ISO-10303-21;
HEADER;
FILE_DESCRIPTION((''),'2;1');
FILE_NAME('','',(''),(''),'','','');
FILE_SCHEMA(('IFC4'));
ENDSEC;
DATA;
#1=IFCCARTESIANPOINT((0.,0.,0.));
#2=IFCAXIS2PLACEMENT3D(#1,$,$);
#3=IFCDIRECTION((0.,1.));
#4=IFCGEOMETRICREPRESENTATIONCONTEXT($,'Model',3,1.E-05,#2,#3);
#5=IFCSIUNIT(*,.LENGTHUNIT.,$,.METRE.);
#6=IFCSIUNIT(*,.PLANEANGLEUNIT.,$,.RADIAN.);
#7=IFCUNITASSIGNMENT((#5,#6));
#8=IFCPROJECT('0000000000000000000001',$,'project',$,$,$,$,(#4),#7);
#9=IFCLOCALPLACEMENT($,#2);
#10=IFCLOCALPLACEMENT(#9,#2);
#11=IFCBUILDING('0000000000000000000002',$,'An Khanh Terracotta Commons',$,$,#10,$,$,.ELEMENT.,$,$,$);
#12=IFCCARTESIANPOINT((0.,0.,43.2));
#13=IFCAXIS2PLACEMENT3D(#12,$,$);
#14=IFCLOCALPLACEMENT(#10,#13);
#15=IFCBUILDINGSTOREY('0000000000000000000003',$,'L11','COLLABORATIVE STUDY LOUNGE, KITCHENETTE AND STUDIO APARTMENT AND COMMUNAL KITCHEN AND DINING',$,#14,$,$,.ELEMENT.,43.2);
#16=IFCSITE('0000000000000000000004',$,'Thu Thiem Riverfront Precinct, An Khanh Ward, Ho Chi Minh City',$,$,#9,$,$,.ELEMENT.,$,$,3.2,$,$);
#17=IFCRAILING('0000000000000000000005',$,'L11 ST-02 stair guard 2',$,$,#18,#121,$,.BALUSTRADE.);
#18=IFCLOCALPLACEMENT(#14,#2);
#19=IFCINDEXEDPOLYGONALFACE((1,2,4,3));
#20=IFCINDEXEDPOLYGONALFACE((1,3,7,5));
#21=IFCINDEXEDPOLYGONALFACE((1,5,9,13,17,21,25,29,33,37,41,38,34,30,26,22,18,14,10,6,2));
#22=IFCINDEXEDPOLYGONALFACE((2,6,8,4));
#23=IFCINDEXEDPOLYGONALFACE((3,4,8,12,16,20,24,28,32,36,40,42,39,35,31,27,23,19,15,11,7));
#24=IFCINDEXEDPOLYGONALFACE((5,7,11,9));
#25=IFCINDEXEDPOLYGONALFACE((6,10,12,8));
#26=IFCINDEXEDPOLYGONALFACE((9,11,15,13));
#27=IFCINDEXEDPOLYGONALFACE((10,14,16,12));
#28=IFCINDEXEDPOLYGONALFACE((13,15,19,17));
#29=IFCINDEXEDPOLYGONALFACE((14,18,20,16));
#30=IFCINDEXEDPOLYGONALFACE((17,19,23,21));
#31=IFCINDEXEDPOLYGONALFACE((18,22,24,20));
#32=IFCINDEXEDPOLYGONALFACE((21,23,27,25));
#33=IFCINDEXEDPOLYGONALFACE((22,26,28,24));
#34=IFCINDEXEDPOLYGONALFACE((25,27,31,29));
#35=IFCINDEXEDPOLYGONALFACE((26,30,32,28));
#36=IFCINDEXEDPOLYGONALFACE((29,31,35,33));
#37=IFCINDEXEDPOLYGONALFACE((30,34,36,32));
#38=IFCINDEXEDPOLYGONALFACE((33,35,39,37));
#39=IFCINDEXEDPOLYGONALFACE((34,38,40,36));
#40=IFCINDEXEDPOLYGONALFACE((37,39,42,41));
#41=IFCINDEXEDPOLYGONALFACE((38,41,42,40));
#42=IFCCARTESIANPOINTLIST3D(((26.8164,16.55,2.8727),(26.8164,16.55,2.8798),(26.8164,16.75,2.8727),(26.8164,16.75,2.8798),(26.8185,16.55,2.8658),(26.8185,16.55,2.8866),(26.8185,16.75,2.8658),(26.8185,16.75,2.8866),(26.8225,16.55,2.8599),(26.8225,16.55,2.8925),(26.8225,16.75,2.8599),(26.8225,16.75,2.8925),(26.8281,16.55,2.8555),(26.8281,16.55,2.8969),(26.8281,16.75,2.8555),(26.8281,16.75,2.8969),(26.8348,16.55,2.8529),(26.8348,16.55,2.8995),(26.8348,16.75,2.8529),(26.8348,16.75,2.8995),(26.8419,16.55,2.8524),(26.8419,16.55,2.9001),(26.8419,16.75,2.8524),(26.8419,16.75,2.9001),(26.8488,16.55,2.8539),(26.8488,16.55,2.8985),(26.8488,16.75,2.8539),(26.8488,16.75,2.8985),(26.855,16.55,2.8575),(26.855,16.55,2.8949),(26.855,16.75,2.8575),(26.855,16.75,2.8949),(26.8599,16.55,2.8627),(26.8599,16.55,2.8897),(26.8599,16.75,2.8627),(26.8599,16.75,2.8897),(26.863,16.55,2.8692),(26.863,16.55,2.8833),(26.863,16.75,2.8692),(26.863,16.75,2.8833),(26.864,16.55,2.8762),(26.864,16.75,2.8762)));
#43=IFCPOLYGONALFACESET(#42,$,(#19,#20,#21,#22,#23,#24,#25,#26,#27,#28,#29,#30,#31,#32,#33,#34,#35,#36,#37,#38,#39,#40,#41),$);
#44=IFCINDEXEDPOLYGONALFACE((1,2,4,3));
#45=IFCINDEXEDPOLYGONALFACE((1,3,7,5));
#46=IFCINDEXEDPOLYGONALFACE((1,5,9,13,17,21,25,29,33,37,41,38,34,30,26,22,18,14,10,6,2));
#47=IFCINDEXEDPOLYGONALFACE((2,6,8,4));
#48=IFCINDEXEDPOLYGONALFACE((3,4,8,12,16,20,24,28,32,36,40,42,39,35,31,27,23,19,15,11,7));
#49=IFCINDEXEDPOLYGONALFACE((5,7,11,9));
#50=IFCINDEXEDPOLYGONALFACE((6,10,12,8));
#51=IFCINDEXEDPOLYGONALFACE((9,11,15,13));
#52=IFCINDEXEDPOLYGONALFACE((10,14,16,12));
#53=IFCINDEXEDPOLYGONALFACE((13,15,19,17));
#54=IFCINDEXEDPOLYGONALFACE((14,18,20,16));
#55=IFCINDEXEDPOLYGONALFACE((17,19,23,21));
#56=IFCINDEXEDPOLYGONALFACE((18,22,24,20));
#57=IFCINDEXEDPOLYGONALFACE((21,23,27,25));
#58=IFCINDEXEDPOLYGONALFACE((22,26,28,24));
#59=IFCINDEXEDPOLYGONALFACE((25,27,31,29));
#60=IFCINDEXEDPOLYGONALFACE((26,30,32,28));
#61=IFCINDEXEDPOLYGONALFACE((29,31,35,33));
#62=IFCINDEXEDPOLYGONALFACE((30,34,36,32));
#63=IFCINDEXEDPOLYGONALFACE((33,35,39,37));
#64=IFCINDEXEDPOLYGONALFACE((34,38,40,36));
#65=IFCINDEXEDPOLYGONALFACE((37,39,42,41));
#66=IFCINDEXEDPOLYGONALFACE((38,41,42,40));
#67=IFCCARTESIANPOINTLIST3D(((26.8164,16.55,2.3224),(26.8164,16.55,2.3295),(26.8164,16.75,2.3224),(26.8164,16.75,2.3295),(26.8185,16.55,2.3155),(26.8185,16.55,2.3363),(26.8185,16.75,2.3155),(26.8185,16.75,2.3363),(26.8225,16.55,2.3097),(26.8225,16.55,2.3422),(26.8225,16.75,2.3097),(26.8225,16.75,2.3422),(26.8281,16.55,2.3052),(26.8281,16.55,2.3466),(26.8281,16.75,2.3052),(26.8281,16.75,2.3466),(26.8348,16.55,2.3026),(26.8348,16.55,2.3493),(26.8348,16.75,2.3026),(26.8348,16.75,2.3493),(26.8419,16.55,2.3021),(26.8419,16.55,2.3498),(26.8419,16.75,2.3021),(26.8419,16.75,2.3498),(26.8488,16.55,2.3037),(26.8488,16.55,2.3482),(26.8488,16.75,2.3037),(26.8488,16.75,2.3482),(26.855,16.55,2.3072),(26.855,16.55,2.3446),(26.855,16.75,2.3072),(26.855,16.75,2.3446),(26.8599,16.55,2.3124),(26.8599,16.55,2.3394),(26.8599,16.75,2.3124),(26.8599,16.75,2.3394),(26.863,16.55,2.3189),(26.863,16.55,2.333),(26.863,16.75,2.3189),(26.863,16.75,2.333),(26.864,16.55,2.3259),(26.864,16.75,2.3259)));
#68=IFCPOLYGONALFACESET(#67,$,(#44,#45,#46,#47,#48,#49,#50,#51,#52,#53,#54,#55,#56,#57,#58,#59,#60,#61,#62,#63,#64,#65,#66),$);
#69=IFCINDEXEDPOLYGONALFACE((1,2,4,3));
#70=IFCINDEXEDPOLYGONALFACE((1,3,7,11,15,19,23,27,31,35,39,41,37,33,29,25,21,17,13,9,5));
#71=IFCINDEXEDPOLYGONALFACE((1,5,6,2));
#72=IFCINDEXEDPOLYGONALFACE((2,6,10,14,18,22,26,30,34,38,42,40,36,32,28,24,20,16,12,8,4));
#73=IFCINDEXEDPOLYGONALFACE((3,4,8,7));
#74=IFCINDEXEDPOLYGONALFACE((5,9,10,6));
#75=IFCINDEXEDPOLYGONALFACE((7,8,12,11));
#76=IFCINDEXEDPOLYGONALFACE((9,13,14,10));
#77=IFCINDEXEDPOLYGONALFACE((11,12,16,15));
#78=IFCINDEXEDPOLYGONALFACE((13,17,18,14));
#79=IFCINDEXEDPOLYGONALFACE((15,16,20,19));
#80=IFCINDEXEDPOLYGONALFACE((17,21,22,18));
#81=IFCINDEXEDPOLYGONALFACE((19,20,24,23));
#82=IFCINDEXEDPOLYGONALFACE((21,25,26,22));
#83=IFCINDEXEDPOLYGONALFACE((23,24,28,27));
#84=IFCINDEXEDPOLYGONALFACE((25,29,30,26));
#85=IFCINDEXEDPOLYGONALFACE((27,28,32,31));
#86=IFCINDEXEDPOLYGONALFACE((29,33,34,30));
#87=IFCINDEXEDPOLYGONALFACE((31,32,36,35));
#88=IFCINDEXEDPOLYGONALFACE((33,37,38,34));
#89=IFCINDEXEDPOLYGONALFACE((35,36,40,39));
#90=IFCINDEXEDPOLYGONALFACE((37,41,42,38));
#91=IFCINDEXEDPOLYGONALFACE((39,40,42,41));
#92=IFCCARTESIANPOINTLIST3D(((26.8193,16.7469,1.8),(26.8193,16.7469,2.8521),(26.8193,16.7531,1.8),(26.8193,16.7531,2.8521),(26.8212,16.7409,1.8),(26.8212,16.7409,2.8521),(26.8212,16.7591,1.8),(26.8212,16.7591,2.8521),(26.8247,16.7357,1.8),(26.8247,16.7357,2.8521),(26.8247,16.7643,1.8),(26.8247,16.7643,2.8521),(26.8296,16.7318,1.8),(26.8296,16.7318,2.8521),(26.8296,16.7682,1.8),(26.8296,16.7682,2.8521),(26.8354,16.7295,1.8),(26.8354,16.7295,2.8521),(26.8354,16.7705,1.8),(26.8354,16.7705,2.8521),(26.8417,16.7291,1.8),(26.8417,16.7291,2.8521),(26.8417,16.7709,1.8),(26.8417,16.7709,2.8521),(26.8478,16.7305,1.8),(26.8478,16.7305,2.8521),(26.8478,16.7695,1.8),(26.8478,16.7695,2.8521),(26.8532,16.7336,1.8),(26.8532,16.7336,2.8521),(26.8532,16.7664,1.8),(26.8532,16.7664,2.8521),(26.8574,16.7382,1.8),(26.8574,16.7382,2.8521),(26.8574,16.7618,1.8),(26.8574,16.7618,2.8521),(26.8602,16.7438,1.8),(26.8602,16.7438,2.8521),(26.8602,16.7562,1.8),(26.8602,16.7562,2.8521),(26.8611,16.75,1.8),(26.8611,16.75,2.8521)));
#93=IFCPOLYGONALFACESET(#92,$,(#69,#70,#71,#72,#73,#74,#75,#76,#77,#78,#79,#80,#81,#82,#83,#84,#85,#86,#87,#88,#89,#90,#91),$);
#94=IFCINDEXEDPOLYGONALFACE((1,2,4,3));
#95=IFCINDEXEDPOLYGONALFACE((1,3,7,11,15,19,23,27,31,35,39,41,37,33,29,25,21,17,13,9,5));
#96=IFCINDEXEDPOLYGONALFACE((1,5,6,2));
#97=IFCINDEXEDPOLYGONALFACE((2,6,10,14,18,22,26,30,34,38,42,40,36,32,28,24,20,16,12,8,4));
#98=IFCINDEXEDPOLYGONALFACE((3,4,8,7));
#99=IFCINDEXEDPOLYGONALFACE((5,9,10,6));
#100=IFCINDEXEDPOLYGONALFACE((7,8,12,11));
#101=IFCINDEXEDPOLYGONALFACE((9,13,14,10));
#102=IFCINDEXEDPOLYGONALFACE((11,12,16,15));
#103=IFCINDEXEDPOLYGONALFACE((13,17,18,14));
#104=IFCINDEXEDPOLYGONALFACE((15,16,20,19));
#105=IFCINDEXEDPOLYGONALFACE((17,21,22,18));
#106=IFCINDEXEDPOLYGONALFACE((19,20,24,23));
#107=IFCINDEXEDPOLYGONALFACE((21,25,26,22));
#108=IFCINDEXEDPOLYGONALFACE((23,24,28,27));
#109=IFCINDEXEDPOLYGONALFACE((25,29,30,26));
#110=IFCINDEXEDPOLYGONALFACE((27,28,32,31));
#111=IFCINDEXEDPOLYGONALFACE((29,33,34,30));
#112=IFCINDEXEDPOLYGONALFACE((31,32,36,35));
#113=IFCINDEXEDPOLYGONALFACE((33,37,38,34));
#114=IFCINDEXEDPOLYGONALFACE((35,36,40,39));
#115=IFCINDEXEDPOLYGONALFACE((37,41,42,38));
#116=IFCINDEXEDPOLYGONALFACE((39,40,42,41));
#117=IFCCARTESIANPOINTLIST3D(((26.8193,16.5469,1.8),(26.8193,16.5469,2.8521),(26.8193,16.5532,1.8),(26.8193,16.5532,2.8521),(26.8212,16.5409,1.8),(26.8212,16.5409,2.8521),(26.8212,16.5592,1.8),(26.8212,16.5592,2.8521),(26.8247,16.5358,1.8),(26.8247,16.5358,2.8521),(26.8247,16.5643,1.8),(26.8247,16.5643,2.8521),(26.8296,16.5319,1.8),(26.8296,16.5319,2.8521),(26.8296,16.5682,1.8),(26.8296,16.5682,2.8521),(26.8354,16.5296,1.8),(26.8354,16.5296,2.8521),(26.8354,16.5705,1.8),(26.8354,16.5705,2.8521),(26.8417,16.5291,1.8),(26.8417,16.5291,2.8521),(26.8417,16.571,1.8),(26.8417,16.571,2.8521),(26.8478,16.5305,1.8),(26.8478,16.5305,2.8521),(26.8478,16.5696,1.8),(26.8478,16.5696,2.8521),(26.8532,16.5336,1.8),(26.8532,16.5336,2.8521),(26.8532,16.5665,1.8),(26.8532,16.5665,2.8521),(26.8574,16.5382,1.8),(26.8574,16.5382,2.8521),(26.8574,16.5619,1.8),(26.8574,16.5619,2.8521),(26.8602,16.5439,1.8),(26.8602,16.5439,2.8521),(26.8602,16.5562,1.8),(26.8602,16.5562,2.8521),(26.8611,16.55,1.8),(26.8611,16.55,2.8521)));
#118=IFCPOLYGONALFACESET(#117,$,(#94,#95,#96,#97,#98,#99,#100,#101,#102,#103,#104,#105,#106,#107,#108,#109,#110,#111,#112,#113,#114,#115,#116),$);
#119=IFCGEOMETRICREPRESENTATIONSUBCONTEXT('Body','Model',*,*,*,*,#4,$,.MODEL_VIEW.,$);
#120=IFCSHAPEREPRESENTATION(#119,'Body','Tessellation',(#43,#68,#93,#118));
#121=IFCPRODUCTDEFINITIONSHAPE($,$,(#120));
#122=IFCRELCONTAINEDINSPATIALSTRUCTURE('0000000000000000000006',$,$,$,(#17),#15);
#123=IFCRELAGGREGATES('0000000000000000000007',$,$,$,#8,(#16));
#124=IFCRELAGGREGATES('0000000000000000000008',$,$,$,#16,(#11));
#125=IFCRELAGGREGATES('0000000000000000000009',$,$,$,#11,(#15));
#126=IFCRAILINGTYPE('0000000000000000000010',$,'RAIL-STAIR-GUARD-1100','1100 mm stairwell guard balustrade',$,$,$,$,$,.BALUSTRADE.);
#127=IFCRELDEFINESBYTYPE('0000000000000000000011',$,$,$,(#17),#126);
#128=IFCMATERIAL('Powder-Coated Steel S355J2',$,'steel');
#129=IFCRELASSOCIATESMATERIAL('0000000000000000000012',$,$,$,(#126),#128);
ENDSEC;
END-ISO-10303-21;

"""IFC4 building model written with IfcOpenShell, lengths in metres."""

from ifc_helpers import new_model, si_unit, direction, frame, origin, origin_2d, place, context, subcontext, project, spatial, circle, extrude, material, type_object, element, save


model = new_model("IFC4")

# Units and contexts
model_context = context("Model", 3, precision=1e-05, world=origin(), true_north=direction((0.0, 1.0)))
body_context = subcontext(model_context, "Body", "Model", "MODEL_VIEW")
ifc_project = project(units=[si_unit("LENGTHUNIT", "METRE"), si_unit("PLANEANGLEUNIT", "RADIAN")], contexts=[model_context])

# Site, building, storey
site_placement = place(None, origin())
site = spatial("IfcSite", under=ifc_project, at=site_placement, Name="Thu Thiem Riverfront Precinct, An Khanh Ward, Ho Chi Minh City", CompositionType="ELEMENT", RefElevation=3.2)
building_placement = place(site_placement, origin())
building = spatial("IfcBuilding", under=site, at=building_placement, Name="An Khanh Terracotta Commons", CompositionType="ELEMENT")
storey_placement = place(building_placement, frame((0.0, 0.0, 43.2)))
storey = spatial("IfcBuildingStorey", under=building, at=storey_placement, Name="L11", Description="COLLABORATIVE STUDY LOUNGE, KITCHENETTE AND STUDIO APARTMENT AND COMMUNAL KITCHEN AND DINING", CompositionType="ELEMENT", Elevation=43.2)

# Railing
ifc_material_1 = material(Name="Powder-Coated Steel S355J2", Category="steel")
railing_type_1 = type_object("IfcRailingType", Name="RAIL-STAIR-GUARD-1100", Description="1100 mm stairwell guard balustrade", PredefinedType="BALUSTRADE", material=ifc_material_1)
railing_1_placement = place(storey_placement, frame((26.8401, 16.75, 1.8)))
element("IfcRailing", 1, at=railing_1_placement, inside=storey, type_object=railing_type_1, Name="L11 ST-02 stair guard 2", PredefinedType="BALUSTRADE", context=body_context, shape_type="SweptSolid", body=[
    extrude(circle(Radius=0.0239, at=origin_2d()), frame((0.0, 0.0, 1.0762), z_axis=(0.0, -1.0, 0.0), x_axis=(1.0, 0.0, 0.0)), (0.0, 0.0, 1.0), 0.2),
    extrude(circle(Radius=0.0239, at=origin_2d()), frame((0.0, 0.0, 0.5259), z_axis=(0.0, -1.0, 0.0), x_axis=(1.0, 0.0, 0.0)), (0.0, 0.0, 1.0), 0.2),
    extrude(circle(Radius=0.021, at=origin_2d()), origin(), (0.0, 0.0, 1.0), 1.052),
    extrude(circle(Radius=0.021, at=origin_2d()), frame((0.0, -0.2, 0.0)), (0.0, 0.0, 1.0), 1.052),
])

save(model, "model.ifc")
